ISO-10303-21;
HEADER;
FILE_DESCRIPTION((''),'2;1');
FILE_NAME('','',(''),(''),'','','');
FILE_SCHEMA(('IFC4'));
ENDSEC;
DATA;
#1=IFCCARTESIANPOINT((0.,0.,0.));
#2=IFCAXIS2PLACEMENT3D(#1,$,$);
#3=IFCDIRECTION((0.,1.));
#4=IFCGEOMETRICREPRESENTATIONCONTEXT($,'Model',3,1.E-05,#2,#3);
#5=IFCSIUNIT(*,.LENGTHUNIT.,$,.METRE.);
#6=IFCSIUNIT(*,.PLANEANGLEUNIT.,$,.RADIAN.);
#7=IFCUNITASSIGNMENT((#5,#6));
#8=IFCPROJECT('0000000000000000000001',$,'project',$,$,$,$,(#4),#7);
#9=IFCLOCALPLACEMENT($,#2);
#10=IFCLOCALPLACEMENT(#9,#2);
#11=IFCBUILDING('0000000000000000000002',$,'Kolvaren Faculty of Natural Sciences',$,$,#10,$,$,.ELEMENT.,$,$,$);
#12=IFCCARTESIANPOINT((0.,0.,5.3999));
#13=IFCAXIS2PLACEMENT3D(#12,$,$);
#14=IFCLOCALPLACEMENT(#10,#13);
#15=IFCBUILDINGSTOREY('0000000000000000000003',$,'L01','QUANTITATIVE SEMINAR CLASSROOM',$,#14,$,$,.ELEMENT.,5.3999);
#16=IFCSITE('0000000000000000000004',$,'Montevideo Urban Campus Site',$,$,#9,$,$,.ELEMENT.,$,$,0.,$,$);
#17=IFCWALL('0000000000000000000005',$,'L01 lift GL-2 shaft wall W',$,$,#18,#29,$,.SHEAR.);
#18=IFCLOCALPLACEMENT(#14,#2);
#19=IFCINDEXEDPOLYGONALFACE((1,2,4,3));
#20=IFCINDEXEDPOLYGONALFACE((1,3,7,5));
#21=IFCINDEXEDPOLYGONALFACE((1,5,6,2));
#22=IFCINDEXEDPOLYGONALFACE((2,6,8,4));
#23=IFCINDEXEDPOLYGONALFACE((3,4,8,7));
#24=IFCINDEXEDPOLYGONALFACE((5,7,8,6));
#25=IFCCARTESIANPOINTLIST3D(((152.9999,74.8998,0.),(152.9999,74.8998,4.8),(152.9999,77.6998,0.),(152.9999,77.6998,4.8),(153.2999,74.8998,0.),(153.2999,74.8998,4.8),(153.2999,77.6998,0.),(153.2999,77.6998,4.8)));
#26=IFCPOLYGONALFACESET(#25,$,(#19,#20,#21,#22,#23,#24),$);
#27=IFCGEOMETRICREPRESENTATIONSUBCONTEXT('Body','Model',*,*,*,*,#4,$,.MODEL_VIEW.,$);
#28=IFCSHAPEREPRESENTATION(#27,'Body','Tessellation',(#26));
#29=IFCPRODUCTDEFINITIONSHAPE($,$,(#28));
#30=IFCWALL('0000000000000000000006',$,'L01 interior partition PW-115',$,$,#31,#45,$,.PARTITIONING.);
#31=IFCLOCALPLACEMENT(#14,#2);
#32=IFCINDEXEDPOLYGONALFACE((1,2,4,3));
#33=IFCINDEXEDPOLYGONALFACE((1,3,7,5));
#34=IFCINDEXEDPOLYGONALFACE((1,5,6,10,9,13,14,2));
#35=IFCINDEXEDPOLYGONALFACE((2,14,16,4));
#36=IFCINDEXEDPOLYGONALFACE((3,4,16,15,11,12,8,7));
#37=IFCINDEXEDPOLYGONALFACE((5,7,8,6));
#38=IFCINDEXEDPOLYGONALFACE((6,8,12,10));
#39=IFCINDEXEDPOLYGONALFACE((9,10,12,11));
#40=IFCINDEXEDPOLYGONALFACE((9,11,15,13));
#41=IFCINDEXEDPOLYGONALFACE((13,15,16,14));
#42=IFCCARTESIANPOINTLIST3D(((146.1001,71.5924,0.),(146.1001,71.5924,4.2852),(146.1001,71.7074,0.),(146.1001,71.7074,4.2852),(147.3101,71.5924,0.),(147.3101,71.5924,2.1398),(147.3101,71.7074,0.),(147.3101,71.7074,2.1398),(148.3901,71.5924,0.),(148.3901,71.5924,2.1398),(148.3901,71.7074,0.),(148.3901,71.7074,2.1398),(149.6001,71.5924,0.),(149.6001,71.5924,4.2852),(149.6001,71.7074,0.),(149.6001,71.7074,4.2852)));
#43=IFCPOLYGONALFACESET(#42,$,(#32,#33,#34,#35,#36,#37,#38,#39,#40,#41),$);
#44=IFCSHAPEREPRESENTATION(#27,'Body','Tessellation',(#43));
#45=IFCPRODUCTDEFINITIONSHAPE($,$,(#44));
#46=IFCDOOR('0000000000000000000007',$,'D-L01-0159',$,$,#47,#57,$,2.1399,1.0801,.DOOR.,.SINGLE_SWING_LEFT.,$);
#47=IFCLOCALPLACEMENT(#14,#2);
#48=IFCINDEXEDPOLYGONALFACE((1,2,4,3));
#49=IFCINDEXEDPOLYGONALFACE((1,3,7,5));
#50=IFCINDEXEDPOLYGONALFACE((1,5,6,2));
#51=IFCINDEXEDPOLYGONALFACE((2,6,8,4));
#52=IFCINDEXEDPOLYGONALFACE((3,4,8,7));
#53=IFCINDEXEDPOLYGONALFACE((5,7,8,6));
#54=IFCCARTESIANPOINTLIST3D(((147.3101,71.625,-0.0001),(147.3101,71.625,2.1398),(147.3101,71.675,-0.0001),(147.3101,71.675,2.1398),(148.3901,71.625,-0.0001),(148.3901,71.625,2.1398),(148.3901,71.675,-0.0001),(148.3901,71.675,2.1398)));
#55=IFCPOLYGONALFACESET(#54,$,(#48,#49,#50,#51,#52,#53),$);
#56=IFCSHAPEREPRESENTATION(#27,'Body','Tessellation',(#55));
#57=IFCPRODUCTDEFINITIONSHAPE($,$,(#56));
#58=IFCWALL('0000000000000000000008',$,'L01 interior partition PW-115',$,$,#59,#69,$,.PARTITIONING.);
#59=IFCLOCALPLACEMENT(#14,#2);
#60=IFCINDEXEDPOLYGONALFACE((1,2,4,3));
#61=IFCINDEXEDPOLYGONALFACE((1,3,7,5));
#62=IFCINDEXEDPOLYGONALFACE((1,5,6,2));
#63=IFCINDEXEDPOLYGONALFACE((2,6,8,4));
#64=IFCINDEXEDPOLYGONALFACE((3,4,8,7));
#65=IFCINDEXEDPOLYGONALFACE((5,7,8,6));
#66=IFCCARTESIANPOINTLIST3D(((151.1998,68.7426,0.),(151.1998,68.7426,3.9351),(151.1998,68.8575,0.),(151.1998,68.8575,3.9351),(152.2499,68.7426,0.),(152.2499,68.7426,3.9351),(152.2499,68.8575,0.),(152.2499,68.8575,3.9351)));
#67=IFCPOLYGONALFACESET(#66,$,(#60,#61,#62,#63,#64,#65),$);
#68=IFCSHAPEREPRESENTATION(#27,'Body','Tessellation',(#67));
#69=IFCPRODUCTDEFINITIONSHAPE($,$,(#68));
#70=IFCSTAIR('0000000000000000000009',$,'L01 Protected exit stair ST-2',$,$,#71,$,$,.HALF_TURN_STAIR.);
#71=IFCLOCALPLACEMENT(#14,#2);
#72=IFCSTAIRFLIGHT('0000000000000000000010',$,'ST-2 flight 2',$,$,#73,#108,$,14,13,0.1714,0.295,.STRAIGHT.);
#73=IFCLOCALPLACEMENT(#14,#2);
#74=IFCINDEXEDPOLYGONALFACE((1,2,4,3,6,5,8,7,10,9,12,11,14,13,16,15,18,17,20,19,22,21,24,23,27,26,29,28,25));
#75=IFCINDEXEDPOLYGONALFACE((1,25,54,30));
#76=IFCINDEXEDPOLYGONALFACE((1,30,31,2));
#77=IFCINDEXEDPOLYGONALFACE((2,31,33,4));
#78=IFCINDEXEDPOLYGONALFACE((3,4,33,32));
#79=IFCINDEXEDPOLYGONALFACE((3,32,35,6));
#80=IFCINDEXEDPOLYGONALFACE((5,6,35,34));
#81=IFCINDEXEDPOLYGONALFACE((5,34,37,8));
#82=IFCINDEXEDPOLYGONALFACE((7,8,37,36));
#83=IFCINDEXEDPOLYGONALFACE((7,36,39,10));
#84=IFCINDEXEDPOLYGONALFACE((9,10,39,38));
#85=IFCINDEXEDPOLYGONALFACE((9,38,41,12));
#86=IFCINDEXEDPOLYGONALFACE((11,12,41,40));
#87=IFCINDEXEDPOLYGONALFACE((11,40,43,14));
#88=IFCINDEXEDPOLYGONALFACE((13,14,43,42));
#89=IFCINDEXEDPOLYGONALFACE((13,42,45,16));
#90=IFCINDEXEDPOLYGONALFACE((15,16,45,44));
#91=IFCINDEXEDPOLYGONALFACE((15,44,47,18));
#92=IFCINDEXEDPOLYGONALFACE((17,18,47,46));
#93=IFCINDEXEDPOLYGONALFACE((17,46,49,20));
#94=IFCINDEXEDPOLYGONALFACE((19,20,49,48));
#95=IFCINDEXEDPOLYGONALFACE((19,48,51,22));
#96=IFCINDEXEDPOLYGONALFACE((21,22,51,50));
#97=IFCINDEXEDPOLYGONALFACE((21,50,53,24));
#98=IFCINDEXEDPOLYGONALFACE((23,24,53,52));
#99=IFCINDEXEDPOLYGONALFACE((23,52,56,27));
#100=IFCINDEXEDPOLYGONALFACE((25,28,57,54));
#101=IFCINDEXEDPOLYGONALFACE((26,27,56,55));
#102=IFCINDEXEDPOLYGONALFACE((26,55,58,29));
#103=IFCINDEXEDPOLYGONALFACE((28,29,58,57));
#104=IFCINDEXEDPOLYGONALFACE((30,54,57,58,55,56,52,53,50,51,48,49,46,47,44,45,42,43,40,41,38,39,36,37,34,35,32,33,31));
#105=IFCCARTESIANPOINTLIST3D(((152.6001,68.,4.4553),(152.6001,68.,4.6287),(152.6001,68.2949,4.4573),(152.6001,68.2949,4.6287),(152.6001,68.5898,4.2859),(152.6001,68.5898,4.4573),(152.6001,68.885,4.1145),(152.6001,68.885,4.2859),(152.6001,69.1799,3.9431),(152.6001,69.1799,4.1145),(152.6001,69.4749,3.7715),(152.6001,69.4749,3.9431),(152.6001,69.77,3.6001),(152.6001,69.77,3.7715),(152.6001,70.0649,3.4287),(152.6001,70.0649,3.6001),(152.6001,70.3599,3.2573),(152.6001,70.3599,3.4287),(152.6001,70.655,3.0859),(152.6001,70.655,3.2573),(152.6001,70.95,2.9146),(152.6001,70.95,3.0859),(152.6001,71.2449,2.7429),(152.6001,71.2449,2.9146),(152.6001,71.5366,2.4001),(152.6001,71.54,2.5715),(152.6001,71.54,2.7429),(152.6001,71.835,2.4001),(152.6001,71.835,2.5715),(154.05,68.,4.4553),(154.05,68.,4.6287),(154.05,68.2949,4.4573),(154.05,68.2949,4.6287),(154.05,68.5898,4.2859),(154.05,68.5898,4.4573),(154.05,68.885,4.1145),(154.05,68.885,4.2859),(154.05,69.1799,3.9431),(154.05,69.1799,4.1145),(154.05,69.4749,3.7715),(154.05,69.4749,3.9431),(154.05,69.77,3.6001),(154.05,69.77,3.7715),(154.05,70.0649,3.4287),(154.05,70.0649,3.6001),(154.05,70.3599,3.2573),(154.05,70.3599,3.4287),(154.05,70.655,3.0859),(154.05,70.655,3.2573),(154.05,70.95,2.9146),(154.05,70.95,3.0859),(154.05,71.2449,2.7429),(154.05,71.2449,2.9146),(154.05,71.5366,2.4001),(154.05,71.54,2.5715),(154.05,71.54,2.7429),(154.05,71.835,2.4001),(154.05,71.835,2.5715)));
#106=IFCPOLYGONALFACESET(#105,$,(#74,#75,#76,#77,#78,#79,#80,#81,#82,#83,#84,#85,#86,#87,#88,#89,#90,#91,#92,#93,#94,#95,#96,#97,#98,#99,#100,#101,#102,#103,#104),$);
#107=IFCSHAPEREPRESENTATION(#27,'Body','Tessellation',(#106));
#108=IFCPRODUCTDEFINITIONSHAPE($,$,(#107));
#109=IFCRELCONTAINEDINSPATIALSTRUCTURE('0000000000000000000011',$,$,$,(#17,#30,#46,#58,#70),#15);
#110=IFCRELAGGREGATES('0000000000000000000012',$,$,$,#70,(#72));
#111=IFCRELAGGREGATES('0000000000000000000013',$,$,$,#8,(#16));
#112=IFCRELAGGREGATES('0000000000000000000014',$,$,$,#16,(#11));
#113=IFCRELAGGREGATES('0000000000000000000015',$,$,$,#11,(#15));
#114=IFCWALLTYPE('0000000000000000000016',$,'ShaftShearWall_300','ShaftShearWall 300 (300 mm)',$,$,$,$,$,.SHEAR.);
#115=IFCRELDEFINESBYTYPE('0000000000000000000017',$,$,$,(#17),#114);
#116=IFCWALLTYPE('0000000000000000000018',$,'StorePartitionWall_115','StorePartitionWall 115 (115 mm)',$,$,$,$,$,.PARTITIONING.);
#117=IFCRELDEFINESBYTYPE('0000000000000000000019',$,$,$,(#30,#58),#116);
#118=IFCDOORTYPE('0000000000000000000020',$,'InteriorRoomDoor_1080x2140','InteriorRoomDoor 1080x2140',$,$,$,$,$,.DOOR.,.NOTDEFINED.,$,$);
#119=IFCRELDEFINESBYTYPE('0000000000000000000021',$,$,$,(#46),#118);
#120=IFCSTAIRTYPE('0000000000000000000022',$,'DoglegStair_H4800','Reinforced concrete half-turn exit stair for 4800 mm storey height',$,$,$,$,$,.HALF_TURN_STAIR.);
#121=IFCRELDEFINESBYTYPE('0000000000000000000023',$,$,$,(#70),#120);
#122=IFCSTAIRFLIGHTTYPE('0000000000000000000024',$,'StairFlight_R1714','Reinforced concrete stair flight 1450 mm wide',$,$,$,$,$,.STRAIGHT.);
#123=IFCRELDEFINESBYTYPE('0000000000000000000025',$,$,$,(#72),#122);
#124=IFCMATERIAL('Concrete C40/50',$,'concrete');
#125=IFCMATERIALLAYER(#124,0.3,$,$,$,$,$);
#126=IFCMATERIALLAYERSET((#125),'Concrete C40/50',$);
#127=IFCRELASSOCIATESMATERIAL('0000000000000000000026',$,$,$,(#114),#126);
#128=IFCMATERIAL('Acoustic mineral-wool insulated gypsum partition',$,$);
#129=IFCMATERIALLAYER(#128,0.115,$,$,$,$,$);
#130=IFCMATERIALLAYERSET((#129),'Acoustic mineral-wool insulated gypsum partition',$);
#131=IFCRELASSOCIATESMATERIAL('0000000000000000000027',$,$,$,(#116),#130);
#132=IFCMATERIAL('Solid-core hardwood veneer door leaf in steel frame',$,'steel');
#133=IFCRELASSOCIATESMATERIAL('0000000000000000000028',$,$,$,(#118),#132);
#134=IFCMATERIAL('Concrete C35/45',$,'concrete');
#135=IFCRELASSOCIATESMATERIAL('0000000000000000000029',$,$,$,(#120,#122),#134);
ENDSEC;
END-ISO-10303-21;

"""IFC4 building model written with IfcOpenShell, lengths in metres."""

from ifc_helpers import new_model, si_unit, direction, frame, frame_2d, origin, place, context, subcontext, project, spatial, polyline, rectangle, outline, extrude, material, layer, layer_set, type_object, element, fill, aggregate, save


model = new_model("IFC4")

# Units and contexts
model_context = context("Model", 3, precision=1e-05, world=origin(), true_north=direction((0.0, 1.0)))
body_context = subcontext(model_context, "Body", "Model", "MODEL_VIEW")
ifc_project = project(units=[si_unit("LENGTHUNIT", "METRE"), si_unit("PLANEANGLEUNIT", "RADIAN")], contexts=[model_context])

# Site, building, storey
site_placement = place(None, origin())
site = spatial("IfcSite", under=ifc_project, at=site_placement, Name="Montevideo Urban Campus Site", CompositionType="ELEMENT", RefElevation=0.0)
building_placement = place(site_placement, origin())
building = spatial("IfcBuilding", under=site, at=building_placement, Name="Kolvaren Faculty of Natural Sciences", CompositionType="ELEMENT")
storey_placement = place(building_placement, frame((0.0, 0.0, 5.3999)))
storey = spatial("IfcBuildingStorey", under=building, at=storey_placement, Name="L01", Description="QUANTITATIVE SEMINAR CLASSROOM", CompositionType="ELEMENT", Elevation=5.3999)

# Shared definitions
ifc_material_1 = material(Name="Concrete C40/50", Category="concrete")

# Shared definitions
ifc_material_2 = material(Name="Concrete C35/45", Category="concrete")

# Shared definitions
ifc_material_3 = material(Name="Acoustic mineral-wool insulated gypsum partition")

# Shared definitions
ifc_layer_1 = layer(ifc_material_1, 0.3)
ifc_layer_set_1 = layer_set([ifc_layer_1], Name="Concrete C40/50")
wall_type_1 = type_object("IfcWallType", Name="ShaftShearWall_300", Description="ShaftShearWall 300 (300 mm)", PredefinedType="SHEAR", material=ifc_layer_set_1)

# Wall
wall_1_placement = place(storey_placement, frame((153.1499, 74.8999, 0.0), z_axis=(0.0, 0.0, 1.0), x_axis=(0.0, 1.0, 0.0)))
element("IfcWall", 1, at=wall_1_placement, inside=storey, type_object=wall_type_1, Name="L01 lift GL-2 shaft wall W", PredefinedType="SHEAR", context=body_context, shape_type="SweptSolid", body=[
    extrude(rectangle(XDim=2.8, YDim=0.3, at=frame_2d((1.3999, 0.0))), origin(), (0.0, 0.0, 1.0), 4.8),
])

# Wall, opening, door
ifc_layer_2 = layer(ifc_material_3, 0.115)
ifc_layer_set_2 = layer_set([ifc_layer_2], Name="Acoustic mineral-wool insulated gypsum partition")
wall_type_2 = type_object("IfcWallType", Name="StorePartitionWall_115", Description="StorePartitionWall 115 (115 mm)", PredefinedType="PARTITIONING", material=ifc_layer_set_2)
wall_2_placement = place(storey_placement, frame((149.6001, 71.6499, 0.0), z_axis=(0.0, 0.0, 1.0), x_axis=(-1.0, 0.0, 0.0)))
wall_2 = element("IfcWall", 2, at=wall_2_placement, inside=storey, type_object=wall_type_2, Name="L01 interior partition PW-115", PredefinedType="PARTITIONING", context=body_context, shape_type="SweptSolid", body=[
    extrude(rectangle(XDim=3.5, YDim=0.115, at=frame_2d((1.75, 0.0))), origin(), (0.0, 0.0, 1.0), 4.2852),
])
opening_1_placement = place(wall_2_placement, frame((1.21, 0.0, 0.0)))
opening_1 = element("IfcOpeningElement", 3, at=opening_1_placement, cuts=wall_2, PredefinedType="OPENING", context=body_context, shape_type="SweptSolid", body=[
    extrude(rectangle(XDim=1.0801, YDim=2.1399, at=frame_2d((0.54, 1.0698))), frame((0.0, 0.0674, 0.0), z_axis=(0.0, -1.0, 0.0), x_axis=(1.0, 0.0, 0.0)), (0.0, 0.0, 1.0), 0.135),
])
ifc_material_4 = material(Name="Solid-core hardwood veneer door leaf in steel frame", Category="steel")
door_type_1 = type_object("IfcDoorType", Name="InteriorRoomDoor_1080x2140", Description="InteriorRoomDoor 1080x2140", OperationType="NOTDEFINED", PredefinedType="DOOR", material=ifc_material_4)
door_1_placement = place(opening_1_placement, origin())
door_1 = element("IfcDoor", 4, at=door_1_placement, inside=storey, type_object=door_type_1, Name="D-L01-0159", OperationType="SINGLE_SWING_LEFT", OverallHeight=2.1399, OverallWidth=1.0801, PredefinedType="DOOR", context=body_context, shape_type="SweptSolid", body=[
    extrude(rectangle(XDim=1.0801, YDim=2.1399, at=frame_2d((0.54, 1.0698))), frame((0.0, 0.0249, 0.0), z_axis=(0.0, -1.0, 0.0), x_axis=(1.0, 0.0, 0.0)), (0.0, 0.0, 1.0), 0.05),
])
fill(opening_1, door_1)

# Wall
wall_3_placement = place(storey_placement, frame((151.2, 68.8, 0.0), z_axis=(0.0, 0.0, 1.0), x_axis=(1.0, 0.0, 0.0)))
element("IfcWall", 5, at=wall_3_placement, inside=storey, type_object=wall_type_2, Name="L01 interior partition PW-115", PredefinedType="PARTITIONING", context=body_context, shape_type="SweptSolid", body=[
    extrude(rectangle(XDim=1.05, YDim=0.115, at=frame_2d((0.5249, 0.0))), origin(), (0.0, 0.0, 1.0), 3.9351),
])

# Stair, stair flight
stair_type = type_object("IfcStairType", Name="DoglegStair_H4800", Description="Reinforced concrete half-turn exit stair for 4800 mm storey height", PredefinedType="HALF_TURN_STAIR", material=ifc_material_2)
stair_placement = place(storey_placement, origin())
stair = element("IfcStair", 6, at=stair_placement, inside=storey, type_object=stair_type, Name="L01 Protected exit stair ST-2", PredefinedType="HALF_TURN_STAIR")
stair_flight_type = type_object("IfcStairFlightType", Name="StairFlight_R1714", Description="Reinforced concrete stair flight 1450 mm wide", PredefinedType="STRAIGHT", material=ifc_material_2)
stair_flight_placement = place(storey_placement, frame((153.325, 71.835, 2.4001), z_axis=(0.0, 0.0, 1.0), x_axis=(0.0, -1.0, 0.0)))
stair_flight = element("IfcStairFlight", 7, at=stair_flight_placement, type_object=stair_flight_type, Name="ST-2 flight 2", NumberOfRisers=14, NumberOfTreads=13, PredefinedType="STRAIGHT", RiserHeight=0.1714, TreadLength=0.295, context=body_context, shape_type="SweptSolid", body=[
    extrude(outline(polyline([(0.0, 0.0), (0.0, 0.1714), (0.2949, 0.1714), (0.2949, 0.3428), (0.5901, 0.3428), (0.5901, 0.5144), (0.885, 0.5144), (0.885, 0.6858), (1.1799, 0.6858), (1.1799, 0.8572), (1.4751, 0.8572), (1.4751, 1.0286), (1.77, 1.0286), (1.77, 1.2), (2.0649, 1.2), (2.0649, 1.3713), (2.3601, 1.3713), (2.3601, 1.543), (2.655, 1.543), (2.655, 1.7144), (2.95, 1.7144), (2.95, 1.8857), (3.2451, 1.8857), (3.2451, 2.0571), (3.54, 2.0571), (3.54, 2.2285), (3.835, 2.2285), (3.835, 2.3999), (3.835, 2.0552), (0.2983, 0.0), (0.0, 0.0)])), frame((0.0, 0.7251, 0.0), z_axis=(0.0, -1.0, 0.0), x_axis=(1.0, 0.0, 0.0)), (0.0, 0.0, 1.0), 1.45),
])
aggregate(stair, [stair_flight])

save(model, "model.ifc")
